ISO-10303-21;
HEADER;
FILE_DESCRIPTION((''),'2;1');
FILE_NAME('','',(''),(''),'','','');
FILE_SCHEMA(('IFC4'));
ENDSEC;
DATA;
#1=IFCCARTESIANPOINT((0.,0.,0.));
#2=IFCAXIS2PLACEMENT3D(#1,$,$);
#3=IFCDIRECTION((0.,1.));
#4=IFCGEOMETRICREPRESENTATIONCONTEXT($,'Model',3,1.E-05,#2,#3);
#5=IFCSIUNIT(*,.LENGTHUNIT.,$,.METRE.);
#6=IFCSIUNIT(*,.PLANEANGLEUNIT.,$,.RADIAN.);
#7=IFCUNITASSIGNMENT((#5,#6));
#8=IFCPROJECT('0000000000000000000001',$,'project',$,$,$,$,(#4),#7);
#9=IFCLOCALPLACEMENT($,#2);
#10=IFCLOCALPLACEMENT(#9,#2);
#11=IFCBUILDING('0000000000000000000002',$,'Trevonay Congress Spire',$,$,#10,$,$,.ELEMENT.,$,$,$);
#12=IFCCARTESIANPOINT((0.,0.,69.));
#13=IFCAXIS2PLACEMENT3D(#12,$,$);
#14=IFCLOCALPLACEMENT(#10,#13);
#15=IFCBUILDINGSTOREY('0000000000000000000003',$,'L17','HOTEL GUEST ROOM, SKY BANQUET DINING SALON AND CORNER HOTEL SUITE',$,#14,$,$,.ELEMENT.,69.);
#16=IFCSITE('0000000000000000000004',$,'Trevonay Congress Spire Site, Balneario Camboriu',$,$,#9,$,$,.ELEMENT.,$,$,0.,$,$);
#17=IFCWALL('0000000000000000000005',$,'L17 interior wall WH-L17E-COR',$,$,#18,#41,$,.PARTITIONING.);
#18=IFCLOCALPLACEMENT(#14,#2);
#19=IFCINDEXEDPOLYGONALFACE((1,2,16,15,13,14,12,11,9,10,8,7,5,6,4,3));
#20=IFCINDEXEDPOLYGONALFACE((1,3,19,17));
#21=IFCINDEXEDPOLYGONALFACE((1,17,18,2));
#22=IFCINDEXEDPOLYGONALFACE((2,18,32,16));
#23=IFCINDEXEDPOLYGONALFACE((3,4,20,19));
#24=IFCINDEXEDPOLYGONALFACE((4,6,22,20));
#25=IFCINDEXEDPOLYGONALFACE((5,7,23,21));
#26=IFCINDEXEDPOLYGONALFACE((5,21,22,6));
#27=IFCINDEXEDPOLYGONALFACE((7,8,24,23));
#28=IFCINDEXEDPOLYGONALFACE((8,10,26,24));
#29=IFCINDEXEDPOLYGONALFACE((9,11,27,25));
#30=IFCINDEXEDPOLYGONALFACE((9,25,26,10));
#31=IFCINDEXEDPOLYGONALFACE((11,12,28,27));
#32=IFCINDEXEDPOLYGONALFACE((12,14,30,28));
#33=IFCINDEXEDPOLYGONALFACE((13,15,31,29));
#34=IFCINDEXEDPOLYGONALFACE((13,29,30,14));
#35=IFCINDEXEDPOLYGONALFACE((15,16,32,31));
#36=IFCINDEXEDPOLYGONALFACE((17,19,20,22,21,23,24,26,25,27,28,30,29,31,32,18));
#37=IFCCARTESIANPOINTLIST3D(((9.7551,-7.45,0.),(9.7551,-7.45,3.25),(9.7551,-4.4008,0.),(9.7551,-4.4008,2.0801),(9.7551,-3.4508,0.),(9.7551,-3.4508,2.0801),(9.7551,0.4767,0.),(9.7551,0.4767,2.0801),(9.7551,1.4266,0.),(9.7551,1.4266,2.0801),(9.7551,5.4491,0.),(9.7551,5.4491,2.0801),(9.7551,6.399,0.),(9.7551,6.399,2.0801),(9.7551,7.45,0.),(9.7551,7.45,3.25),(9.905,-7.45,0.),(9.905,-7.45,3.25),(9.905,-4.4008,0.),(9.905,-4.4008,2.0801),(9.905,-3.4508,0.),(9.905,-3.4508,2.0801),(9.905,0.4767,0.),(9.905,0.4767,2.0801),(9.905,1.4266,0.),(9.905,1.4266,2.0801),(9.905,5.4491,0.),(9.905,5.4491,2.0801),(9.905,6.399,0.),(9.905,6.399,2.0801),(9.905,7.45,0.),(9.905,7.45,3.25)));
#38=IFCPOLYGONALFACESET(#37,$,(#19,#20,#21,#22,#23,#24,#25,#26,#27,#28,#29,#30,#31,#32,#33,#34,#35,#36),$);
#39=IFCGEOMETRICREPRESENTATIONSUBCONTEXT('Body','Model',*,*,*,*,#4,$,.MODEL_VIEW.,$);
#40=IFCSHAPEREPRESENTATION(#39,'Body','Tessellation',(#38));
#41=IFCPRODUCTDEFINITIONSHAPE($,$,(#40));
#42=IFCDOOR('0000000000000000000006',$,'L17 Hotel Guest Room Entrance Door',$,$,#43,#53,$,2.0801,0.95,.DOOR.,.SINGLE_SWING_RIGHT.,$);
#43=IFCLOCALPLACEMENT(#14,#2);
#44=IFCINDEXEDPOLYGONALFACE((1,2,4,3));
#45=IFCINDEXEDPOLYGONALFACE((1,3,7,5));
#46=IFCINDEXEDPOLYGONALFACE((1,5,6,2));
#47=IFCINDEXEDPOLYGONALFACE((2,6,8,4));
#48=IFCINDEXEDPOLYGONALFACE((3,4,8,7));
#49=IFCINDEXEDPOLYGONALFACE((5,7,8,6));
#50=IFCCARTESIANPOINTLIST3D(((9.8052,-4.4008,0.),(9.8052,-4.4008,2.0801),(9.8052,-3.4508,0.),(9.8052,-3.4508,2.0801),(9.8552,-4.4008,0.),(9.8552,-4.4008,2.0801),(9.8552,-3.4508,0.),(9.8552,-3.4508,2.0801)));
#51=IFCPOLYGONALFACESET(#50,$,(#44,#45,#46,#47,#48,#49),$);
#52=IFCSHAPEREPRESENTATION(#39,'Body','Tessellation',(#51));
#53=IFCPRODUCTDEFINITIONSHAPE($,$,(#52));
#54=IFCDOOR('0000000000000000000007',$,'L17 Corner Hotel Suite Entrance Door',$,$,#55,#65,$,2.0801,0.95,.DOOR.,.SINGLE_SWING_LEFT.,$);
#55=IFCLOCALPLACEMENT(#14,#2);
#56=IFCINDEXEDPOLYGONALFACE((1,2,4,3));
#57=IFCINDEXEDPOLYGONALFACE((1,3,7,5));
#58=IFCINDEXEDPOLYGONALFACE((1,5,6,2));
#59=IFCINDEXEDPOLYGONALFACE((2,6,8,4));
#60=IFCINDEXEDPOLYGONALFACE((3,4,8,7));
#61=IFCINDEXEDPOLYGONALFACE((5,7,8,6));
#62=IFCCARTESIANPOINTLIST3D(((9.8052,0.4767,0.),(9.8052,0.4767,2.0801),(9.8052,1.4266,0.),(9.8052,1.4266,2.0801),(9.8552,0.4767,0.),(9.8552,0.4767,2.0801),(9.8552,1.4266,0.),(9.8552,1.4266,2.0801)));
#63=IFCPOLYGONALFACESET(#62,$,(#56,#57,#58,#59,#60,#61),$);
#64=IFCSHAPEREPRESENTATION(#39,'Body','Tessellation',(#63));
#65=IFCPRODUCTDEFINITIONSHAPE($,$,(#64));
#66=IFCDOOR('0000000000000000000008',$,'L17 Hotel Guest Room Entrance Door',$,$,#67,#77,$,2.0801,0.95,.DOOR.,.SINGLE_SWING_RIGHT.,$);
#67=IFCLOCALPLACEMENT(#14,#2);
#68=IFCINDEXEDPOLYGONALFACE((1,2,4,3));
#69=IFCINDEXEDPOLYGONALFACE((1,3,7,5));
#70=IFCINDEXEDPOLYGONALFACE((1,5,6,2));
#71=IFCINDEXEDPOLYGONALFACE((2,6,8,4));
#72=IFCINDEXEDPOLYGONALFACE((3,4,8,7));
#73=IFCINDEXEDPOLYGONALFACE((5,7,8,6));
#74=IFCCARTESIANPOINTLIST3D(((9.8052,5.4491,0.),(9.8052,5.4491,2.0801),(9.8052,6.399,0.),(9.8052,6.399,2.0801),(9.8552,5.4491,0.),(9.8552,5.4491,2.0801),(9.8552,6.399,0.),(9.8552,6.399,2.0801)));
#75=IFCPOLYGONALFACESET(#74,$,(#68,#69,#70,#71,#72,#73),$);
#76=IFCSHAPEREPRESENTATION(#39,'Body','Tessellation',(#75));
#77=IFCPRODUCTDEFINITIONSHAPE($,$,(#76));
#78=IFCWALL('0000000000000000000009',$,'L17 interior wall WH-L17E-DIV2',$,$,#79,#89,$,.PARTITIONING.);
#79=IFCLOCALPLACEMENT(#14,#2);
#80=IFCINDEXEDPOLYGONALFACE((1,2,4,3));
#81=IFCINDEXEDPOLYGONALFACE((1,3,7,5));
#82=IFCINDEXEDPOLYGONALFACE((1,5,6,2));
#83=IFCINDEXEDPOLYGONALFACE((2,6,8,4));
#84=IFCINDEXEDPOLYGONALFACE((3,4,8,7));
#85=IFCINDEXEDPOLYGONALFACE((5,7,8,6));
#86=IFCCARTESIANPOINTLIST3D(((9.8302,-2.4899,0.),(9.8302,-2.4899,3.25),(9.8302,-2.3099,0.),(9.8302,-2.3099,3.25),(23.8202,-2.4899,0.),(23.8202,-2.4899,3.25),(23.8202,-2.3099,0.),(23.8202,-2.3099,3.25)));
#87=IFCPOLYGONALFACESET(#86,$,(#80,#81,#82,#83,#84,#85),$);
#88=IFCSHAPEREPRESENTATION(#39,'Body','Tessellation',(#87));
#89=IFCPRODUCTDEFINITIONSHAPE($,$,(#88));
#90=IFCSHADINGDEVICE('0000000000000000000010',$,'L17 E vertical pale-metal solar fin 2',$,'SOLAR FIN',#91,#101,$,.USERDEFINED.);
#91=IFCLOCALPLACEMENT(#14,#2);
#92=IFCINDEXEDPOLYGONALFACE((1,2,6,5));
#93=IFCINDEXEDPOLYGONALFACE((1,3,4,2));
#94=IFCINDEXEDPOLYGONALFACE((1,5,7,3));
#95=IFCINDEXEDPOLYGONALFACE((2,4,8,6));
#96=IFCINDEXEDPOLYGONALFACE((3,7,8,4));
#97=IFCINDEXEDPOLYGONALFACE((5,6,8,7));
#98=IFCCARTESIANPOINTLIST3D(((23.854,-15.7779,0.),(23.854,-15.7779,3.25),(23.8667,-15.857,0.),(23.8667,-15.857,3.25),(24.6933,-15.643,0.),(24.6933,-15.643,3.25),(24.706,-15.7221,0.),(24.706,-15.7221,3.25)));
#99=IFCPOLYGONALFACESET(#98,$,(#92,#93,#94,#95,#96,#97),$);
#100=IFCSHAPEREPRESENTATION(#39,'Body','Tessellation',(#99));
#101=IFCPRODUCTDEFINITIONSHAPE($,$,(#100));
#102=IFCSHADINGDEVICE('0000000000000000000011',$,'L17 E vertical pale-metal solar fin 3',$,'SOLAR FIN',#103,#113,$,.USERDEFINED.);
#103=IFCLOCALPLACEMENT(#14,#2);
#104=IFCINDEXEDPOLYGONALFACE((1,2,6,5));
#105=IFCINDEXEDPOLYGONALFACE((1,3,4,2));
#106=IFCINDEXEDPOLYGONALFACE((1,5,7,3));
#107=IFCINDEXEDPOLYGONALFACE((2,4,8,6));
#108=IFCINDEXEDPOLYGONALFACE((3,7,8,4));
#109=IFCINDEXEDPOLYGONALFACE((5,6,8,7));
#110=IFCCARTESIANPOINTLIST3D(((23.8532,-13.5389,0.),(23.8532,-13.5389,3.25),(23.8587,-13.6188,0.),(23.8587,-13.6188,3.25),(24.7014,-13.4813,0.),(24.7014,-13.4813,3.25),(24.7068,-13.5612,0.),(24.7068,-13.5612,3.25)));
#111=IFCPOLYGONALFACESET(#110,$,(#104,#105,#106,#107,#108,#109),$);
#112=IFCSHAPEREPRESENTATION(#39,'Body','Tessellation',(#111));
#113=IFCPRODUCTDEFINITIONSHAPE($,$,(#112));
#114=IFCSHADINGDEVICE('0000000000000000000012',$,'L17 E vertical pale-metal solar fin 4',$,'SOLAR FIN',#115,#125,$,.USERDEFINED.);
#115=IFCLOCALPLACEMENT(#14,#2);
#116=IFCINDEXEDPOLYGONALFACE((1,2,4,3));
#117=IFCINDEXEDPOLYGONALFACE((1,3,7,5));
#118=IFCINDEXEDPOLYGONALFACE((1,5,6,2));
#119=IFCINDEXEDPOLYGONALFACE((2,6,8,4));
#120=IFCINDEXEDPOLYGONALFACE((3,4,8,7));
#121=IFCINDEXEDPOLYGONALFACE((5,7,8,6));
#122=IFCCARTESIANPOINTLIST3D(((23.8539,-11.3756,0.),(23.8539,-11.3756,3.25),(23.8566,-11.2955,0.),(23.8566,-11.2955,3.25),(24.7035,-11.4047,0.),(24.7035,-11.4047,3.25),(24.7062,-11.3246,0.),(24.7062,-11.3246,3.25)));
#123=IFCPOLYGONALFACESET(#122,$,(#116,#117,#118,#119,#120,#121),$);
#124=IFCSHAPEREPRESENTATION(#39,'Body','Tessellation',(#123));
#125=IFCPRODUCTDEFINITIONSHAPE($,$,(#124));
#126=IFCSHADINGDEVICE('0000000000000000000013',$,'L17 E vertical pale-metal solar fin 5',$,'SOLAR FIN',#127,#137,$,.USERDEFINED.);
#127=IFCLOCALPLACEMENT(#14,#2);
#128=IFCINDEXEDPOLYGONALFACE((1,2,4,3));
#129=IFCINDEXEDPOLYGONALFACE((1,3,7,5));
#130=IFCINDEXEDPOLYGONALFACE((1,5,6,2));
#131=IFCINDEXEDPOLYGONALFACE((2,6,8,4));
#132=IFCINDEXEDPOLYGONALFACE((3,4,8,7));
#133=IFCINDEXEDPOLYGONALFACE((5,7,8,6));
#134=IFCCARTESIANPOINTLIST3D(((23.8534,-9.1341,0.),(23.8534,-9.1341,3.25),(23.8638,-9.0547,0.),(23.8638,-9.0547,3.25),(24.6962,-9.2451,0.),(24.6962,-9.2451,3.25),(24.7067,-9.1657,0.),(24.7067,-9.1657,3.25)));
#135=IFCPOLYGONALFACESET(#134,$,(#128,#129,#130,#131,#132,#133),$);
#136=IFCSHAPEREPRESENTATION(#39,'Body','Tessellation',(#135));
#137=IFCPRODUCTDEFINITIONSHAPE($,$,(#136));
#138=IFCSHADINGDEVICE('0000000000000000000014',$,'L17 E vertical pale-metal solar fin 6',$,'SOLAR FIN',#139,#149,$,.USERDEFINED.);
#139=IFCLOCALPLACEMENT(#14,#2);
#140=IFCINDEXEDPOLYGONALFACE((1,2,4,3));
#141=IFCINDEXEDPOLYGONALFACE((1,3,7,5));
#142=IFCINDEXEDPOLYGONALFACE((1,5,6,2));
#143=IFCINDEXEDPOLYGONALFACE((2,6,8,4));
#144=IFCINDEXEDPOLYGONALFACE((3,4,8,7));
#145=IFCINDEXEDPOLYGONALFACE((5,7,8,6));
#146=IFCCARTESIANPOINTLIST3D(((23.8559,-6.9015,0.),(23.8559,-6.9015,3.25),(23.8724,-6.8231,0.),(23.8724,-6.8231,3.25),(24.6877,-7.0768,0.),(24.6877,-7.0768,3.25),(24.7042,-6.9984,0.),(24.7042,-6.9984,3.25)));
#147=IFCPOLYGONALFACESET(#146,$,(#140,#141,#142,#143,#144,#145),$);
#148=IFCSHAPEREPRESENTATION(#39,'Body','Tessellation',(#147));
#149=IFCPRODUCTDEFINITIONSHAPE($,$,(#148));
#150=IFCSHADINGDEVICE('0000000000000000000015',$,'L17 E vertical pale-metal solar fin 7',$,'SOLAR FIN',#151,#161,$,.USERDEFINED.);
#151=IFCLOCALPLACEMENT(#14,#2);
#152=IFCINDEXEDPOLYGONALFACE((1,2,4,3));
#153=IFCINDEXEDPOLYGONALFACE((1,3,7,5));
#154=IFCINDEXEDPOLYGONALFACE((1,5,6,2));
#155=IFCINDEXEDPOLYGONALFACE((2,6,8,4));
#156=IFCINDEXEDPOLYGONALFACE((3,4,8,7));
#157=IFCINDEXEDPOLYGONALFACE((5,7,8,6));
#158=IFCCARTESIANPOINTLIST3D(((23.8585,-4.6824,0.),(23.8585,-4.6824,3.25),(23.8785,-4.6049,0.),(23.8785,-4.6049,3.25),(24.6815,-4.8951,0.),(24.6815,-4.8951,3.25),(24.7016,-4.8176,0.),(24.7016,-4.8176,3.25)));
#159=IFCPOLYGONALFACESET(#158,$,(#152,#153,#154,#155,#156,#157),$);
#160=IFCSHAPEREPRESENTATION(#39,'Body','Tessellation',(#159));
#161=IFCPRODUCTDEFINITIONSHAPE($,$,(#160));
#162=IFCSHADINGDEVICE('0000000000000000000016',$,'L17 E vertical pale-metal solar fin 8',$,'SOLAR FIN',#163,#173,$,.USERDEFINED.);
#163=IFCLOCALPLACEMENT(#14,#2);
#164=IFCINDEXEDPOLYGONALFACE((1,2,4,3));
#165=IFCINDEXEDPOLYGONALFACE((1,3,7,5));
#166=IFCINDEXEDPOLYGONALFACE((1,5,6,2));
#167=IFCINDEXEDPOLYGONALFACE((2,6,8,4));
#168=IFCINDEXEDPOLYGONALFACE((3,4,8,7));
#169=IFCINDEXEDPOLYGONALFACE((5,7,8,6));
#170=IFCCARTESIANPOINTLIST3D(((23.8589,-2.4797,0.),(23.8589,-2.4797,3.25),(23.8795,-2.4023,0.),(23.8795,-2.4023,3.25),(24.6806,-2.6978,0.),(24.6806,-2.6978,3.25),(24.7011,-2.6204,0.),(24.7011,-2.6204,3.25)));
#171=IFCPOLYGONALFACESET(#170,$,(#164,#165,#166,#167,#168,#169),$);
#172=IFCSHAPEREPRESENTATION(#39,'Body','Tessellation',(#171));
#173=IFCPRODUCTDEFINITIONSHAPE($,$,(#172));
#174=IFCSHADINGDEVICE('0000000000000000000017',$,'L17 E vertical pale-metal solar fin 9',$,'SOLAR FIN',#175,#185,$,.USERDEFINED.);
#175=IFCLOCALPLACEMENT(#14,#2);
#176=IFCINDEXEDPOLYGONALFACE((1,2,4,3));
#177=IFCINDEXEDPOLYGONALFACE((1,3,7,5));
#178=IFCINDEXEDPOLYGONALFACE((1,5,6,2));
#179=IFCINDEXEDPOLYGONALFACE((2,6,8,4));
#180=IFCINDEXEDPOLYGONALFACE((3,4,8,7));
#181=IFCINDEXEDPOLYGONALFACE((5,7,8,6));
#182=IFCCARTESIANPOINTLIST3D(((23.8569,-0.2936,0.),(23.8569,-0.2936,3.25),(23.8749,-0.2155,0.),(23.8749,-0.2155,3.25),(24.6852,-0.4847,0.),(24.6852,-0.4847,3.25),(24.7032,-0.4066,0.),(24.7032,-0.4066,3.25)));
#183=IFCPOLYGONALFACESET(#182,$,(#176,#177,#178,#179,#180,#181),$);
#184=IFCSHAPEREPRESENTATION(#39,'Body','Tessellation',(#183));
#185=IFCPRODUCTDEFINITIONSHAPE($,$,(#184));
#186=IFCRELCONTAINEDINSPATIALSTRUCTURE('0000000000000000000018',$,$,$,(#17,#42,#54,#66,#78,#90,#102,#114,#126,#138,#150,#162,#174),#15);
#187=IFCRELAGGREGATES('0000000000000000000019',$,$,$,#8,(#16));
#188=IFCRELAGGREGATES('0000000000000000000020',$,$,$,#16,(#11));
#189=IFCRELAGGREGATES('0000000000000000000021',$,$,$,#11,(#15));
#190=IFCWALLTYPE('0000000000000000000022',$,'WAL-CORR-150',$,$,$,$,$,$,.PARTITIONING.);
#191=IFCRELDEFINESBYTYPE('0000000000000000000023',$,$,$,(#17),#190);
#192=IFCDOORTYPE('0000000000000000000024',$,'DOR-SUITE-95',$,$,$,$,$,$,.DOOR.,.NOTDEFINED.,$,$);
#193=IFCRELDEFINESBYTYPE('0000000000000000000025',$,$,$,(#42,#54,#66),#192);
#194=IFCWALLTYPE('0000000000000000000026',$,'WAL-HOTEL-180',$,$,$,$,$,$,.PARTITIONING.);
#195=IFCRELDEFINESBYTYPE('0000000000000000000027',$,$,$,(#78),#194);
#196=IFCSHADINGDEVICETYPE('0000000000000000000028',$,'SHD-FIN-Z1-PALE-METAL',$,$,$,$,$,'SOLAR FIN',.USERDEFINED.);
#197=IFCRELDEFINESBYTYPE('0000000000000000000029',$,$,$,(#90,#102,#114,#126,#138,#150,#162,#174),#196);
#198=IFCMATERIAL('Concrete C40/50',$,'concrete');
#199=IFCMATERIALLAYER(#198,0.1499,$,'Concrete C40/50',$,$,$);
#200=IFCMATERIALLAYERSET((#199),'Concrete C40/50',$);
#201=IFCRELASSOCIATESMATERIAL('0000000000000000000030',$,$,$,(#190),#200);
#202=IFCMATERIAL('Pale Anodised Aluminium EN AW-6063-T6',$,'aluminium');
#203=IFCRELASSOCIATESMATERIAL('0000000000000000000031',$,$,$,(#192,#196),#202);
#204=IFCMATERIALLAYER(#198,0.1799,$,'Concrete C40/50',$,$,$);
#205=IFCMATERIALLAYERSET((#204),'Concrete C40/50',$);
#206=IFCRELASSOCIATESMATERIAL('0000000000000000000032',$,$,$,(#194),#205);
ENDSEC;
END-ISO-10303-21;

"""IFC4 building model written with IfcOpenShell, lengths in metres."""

from ifc_helpers import new_model, si_unit, direction, frame, frame_2d, origin, origin_2d, place, context, subcontext, project, spatial, rectangle, extrude, material, layer, layer_set, type_object, element, fill, save


model = new_model("IFC4")

# Units and contexts
model_context = context("Model", 3, precision=1e-05, world=origin(), true_north=direction((0.0, 1.0)))
body_context = subcontext(model_context, "Body", "Model", "MODEL_VIEW")
ifc_project = project(units=[si_unit("LENGTHUNIT", "METRE"), si_unit("PLANEANGLEUNIT", "RADIAN")], contexts=[model_context])

# Site, building, storey
site_placement = place(None, origin())
site = spatial("IfcSite", under=ifc_project, at=site_placement, Name="Trevonay Congress Spire Site, Balneario Camboriu", CompositionType="ELEMENT", RefElevation=0.0)
building_placement = place(site_placement, origin())
building = spatial("IfcBuilding", under=site, at=building_placement, Name="Trevonay Congress Spire", CompositionType="ELEMENT")
storey_placement = place(building_placement, frame((0.0, 0.0, 69.0)))
storey = spatial("IfcBuildingStorey", under=building, at=storey_placement, Name="L17", Description="HOTEL GUEST ROOM, SKY BANQUET DINING SALON AND CORNER HOTEL SUITE", CompositionType="ELEMENT", Elevation=69.0)

# Shared definitions
ifc_material_1 = material(Name="Pale Anodised Aluminium EN AW-6063-T6", Category="aluminium")

# Shared definitions
ifc_material_2 = material(Name="Concrete C40/50", Category="concrete")

# Wall, openings, doors
ifc_layer_1 = layer(ifc_material_2, 0.1499, Name="Concrete C40/50")
ifc_layer_set_1 = layer_set([ifc_layer_1], Name="Concrete C40/50")
wall_type_1 = type_object("IfcWallType", Name="WAL-CORR-150", PredefinedType="PARTITIONING", material=ifc_layer_set_1)
wall_1_placement = place(storey_placement, frame((9.8301, -7.45, 0.0), z_axis=(0.0, 0.0, 1.0), x_axis=(0.0, 1.0, 0.0)))
wall_1 = element("IfcWall", 1, at=wall_1_placement, inside=storey, type_object=wall_type_1, Name="L17 interior wall WH-L17E-COR", PredefinedType="PARTITIONING", context=body_context, shape_type="SweptSolid", body=[
    extrude(rectangle(XDim=14.8999, YDim=0.1499, at=frame_2d((7.45, 0.0))), origin(), (0.0, 0.0, 1.0), 3.25),
])
opening_1_placement = place(wall_1_placement, frame((3.0491, 0.0, 0.0)))
opening_1 = element("IfcOpeningElement", 2, at=opening_1_placement, cuts=wall_1, PredefinedType="OPENING", context=body_context, shape_type="SweptSolid", body=[
    extrude(rectangle(XDim=0.95, YDim=2.0801, at=frame_2d((0.4751, 1.04))), frame((0.0, 0.085, 0.0), z_axis=(0.0, -1.0, 0.0), x_axis=(1.0, 0.0, 0.0)), (0.0, 0.0, 1.0), 0.1699),
])
opening_2_placement = place(wall_1_placement, frame((7.9265, 0.0, 0.0)))
opening_2 = element("IfcOpeningElement", 3, at=opening_2_placement, cuts=wall_1, PredefinedType="OPENING", context=body_context, shape_type="SweptSolid", body=[
    extrude(rectangle(XDim=0.95, YDim=2.0801, at=frame_2d((0.4751, 1.04))), frame((0.0, 0.085, 0.0), z_axis=(0.0, -1.0, 0.0), x_axis=(1.0, 0.0, 0.0)), (0.0, 0.0, 1.0), 0.1699),
])
opening_3_placement = place(wall_1_placement, frame((12.8989, 0.0, 0.0)))
opening_3 = element("IfcOpeningElement", 4, at=opening_3_placement, cuts=wall_1, PredefinedType="OPENING", context=body_context, shape_type="SweptSolid", body=[
    extrude(rectangle(XDim=0.95, YDim=2.0801, at=frame_2d((0.4751, 1.04))), frame((0.0, 0.085, 0.0), z_axis=(0.0, -1.0, 0.0), x_axis=(1.0, 0.0, 0.0)), (0.0, 0.0, 1.0), 0.1699),
])
door_type_1 = type_object("IfcDoorType", Name="DOR-SUITE-95", OperationType="NOTDEFINED", PredefinedType="DOOR", material=ifc_material_1)
door_1_placement = place(opening_1_placement, origin())
door_1 = element("IfcDoor", 5, at=door_1_placement, inside=storey, type_object=door_type_1, Name="L17 Hotel Guest Room Entrance Door", OperationType="SINGLE_SWING_RIGHT", OverallHeight=2.0801, OverallWidth=0.95, PredefinedType="DOOR", context=body_context, shape_type="SweptSolid", body=[
    extrude(rectangle(XDim=0.95, YDim=2.0801, at=frame_2d((0.4751, 1.04))), frame((0.0, 0.0249, 0.0), z_axis=(0.0, -1.0, 0.0), x_axis=(1.0, 0.0, 0.0)), (0.0, 0.0, 1.0), 0.05),
])
fill(opening_1, door_1)
door_2_placement = place(opening_2_placement, origin())
door_2 = element("IfcDoor", 6, at=door_2_placement, inside=storey, type_object=door_type_1, Name="L17 Corner Hotel Suite Entrance Door", OperationType="SINGLE_SWING_LEFT", OverallHeight=2.0801, OverallWidth=0.95, PredefinedType="DOOR", context=body_context, shape_type="SweptSolid", body=[
    extrude(rectangle(XDim=0.95, YDim=2.0801, at=frame_2d((0.4751, 1.04))), frame((0.0, 0.0249, 0.0), z_axis=(0.0, -1.0, 0.0), x_axis=(1.0, 0.0, 0.0)), (0.0, 0.0, 1.0), 0.05),
])
fill(opening_2, door_2)
door_3_placement = place(opening_3_placement, origin())
door_3 = element("IfcDoor", 7, at=door_3_placement, inside=storey, type_object=door_type_1, Name="L17 Hotel Guest Room Entrance Door", OperationType="SINGLE_SWING_RIGHT", OverallHeight=2.0801, OverallWidth=0.95, PredefinedType="DOOR", context=body_context, shape_type="SweptSolid", body=[
    extrude(rectangle(XDim=0.95, YDim=2.0801, at=frame_2d((0.4751, 1.04))), frame((0.0, 0.0249, 0.0), z_axis=(0.0, -1.0, 0.0), x_axis=(1.0, 0.0, 0.0)), (0.0, 0.0, 1.0), 0.05),
])
fill(opening_3, door_3)

# Wall
ifc_layer_2 = layer(ifc_material_2, 0.1799, Name="Concrete C40/50")
ifc_layer_set_2 = layer_set([ifc_layer_2], Name="Concrete C40/50")
wall_type_2 = type_object("IfcWallType", Name="WAL-HOTEL-180", PredefinedType="PARTITIONING", material=ifc_layer_set_2)
wall_2_placement = place(storey_placement, frame((9.8301, -2.3999, 0.0), z_axis=(0.0, 0.0, 1.0), x_axis=(1.0, 0.0, 0.0)))
element("IfcWall", 8, at=wall_2_placement, inside=storey, type_object=wall_type_2, Name="L17 interior wall WH-L17E-DIV2", PredefinedType="PARTITIONING", context=body_context, shape_type="SweptSolid", body=[
    extrude(rectangle(XDim=13.99, YDim=0.1799, at=frame_2d((6.9951, 0.0))), origin(), (0.0, 0.0, 1.0), 3.25),
])

# Shading devices
shading_device_type = type_object("IfcShadingDeviceType", Name="SHD-FIN-Z1-PALE-METAL", ElementType="SOLAR FIN", PredefinedType="USERDEFINED", material=ifc_material_1)
for number, where, z_axis, x_axis, name in (
    (9, (24.28, -15.75, 0.0), (0.0, 0.0, 1.0), (-0.158675, 0.987331, 0.0), "L17 E vertical pale-metal solar fin 2"),
    (10, (24.28, -13.55, 0.0), (0.0, 0.0, 1.0), (-0.067667, 0.997708, 0.0), "L17 E vertical pale-metal solar fin 3"),
    (11, (24.28, -11.3501, 0.0), (0.0, 0.0, 1.0), (0.034202, 0.999415, 0.0), "L17 E vertical pale-metal solar fin 4"),
    (12, (24.28, -9.1499, 0.0), (0.0, 0.0, 1.0), (0.130526, 0.991445, 0.0), "L17 E vertical pale-metal solar fin 5"),
    (13, (24.28, -6.95, 0.0), (0.0, 0.0, 1.0), (0.206204, 0.978509, 0.0), "L17 E vertical pale-metal solar fin 6"),
    (14, (24.28, -4.75, 0.0), (0.0, 0.0, 1.0), (0.250211, 0.968191, 0.0), "L17 E vertical pale-metal solar fin 7"),
    (15, (24.28, -2.55, 0.0), (0.0, 0.0, 1.0), (0.256627, 0.966511, 0.0), "L17 E vertical pale-metal solar fin 8"),
    (16, (24.28, -0.3501, 0.0), (0.0, 0.0, 1.0), (0.224781, 0.974409, 0.0), "L17 E vertical pale-metal solar fin 9"),
):
    element("IfcShadingDevice", number, at=place(storey_placement, frame(where, z_axis=z_axis, x_axis=x_axis)), inside=storey, type_object=shading_device_type, Name=name, ObjectType="SOLAR FIN", PredefinedType="USERDEFINED", context=body_context, shape_type="SweptSolid", body=[
        extrude(rectangle(XDim=0.0801, YDim=0.8501, at=origin_2d()), origin(), (0.0, 0.0, 1.0), 3.25),
    ])

save(model, "model.ifc")
